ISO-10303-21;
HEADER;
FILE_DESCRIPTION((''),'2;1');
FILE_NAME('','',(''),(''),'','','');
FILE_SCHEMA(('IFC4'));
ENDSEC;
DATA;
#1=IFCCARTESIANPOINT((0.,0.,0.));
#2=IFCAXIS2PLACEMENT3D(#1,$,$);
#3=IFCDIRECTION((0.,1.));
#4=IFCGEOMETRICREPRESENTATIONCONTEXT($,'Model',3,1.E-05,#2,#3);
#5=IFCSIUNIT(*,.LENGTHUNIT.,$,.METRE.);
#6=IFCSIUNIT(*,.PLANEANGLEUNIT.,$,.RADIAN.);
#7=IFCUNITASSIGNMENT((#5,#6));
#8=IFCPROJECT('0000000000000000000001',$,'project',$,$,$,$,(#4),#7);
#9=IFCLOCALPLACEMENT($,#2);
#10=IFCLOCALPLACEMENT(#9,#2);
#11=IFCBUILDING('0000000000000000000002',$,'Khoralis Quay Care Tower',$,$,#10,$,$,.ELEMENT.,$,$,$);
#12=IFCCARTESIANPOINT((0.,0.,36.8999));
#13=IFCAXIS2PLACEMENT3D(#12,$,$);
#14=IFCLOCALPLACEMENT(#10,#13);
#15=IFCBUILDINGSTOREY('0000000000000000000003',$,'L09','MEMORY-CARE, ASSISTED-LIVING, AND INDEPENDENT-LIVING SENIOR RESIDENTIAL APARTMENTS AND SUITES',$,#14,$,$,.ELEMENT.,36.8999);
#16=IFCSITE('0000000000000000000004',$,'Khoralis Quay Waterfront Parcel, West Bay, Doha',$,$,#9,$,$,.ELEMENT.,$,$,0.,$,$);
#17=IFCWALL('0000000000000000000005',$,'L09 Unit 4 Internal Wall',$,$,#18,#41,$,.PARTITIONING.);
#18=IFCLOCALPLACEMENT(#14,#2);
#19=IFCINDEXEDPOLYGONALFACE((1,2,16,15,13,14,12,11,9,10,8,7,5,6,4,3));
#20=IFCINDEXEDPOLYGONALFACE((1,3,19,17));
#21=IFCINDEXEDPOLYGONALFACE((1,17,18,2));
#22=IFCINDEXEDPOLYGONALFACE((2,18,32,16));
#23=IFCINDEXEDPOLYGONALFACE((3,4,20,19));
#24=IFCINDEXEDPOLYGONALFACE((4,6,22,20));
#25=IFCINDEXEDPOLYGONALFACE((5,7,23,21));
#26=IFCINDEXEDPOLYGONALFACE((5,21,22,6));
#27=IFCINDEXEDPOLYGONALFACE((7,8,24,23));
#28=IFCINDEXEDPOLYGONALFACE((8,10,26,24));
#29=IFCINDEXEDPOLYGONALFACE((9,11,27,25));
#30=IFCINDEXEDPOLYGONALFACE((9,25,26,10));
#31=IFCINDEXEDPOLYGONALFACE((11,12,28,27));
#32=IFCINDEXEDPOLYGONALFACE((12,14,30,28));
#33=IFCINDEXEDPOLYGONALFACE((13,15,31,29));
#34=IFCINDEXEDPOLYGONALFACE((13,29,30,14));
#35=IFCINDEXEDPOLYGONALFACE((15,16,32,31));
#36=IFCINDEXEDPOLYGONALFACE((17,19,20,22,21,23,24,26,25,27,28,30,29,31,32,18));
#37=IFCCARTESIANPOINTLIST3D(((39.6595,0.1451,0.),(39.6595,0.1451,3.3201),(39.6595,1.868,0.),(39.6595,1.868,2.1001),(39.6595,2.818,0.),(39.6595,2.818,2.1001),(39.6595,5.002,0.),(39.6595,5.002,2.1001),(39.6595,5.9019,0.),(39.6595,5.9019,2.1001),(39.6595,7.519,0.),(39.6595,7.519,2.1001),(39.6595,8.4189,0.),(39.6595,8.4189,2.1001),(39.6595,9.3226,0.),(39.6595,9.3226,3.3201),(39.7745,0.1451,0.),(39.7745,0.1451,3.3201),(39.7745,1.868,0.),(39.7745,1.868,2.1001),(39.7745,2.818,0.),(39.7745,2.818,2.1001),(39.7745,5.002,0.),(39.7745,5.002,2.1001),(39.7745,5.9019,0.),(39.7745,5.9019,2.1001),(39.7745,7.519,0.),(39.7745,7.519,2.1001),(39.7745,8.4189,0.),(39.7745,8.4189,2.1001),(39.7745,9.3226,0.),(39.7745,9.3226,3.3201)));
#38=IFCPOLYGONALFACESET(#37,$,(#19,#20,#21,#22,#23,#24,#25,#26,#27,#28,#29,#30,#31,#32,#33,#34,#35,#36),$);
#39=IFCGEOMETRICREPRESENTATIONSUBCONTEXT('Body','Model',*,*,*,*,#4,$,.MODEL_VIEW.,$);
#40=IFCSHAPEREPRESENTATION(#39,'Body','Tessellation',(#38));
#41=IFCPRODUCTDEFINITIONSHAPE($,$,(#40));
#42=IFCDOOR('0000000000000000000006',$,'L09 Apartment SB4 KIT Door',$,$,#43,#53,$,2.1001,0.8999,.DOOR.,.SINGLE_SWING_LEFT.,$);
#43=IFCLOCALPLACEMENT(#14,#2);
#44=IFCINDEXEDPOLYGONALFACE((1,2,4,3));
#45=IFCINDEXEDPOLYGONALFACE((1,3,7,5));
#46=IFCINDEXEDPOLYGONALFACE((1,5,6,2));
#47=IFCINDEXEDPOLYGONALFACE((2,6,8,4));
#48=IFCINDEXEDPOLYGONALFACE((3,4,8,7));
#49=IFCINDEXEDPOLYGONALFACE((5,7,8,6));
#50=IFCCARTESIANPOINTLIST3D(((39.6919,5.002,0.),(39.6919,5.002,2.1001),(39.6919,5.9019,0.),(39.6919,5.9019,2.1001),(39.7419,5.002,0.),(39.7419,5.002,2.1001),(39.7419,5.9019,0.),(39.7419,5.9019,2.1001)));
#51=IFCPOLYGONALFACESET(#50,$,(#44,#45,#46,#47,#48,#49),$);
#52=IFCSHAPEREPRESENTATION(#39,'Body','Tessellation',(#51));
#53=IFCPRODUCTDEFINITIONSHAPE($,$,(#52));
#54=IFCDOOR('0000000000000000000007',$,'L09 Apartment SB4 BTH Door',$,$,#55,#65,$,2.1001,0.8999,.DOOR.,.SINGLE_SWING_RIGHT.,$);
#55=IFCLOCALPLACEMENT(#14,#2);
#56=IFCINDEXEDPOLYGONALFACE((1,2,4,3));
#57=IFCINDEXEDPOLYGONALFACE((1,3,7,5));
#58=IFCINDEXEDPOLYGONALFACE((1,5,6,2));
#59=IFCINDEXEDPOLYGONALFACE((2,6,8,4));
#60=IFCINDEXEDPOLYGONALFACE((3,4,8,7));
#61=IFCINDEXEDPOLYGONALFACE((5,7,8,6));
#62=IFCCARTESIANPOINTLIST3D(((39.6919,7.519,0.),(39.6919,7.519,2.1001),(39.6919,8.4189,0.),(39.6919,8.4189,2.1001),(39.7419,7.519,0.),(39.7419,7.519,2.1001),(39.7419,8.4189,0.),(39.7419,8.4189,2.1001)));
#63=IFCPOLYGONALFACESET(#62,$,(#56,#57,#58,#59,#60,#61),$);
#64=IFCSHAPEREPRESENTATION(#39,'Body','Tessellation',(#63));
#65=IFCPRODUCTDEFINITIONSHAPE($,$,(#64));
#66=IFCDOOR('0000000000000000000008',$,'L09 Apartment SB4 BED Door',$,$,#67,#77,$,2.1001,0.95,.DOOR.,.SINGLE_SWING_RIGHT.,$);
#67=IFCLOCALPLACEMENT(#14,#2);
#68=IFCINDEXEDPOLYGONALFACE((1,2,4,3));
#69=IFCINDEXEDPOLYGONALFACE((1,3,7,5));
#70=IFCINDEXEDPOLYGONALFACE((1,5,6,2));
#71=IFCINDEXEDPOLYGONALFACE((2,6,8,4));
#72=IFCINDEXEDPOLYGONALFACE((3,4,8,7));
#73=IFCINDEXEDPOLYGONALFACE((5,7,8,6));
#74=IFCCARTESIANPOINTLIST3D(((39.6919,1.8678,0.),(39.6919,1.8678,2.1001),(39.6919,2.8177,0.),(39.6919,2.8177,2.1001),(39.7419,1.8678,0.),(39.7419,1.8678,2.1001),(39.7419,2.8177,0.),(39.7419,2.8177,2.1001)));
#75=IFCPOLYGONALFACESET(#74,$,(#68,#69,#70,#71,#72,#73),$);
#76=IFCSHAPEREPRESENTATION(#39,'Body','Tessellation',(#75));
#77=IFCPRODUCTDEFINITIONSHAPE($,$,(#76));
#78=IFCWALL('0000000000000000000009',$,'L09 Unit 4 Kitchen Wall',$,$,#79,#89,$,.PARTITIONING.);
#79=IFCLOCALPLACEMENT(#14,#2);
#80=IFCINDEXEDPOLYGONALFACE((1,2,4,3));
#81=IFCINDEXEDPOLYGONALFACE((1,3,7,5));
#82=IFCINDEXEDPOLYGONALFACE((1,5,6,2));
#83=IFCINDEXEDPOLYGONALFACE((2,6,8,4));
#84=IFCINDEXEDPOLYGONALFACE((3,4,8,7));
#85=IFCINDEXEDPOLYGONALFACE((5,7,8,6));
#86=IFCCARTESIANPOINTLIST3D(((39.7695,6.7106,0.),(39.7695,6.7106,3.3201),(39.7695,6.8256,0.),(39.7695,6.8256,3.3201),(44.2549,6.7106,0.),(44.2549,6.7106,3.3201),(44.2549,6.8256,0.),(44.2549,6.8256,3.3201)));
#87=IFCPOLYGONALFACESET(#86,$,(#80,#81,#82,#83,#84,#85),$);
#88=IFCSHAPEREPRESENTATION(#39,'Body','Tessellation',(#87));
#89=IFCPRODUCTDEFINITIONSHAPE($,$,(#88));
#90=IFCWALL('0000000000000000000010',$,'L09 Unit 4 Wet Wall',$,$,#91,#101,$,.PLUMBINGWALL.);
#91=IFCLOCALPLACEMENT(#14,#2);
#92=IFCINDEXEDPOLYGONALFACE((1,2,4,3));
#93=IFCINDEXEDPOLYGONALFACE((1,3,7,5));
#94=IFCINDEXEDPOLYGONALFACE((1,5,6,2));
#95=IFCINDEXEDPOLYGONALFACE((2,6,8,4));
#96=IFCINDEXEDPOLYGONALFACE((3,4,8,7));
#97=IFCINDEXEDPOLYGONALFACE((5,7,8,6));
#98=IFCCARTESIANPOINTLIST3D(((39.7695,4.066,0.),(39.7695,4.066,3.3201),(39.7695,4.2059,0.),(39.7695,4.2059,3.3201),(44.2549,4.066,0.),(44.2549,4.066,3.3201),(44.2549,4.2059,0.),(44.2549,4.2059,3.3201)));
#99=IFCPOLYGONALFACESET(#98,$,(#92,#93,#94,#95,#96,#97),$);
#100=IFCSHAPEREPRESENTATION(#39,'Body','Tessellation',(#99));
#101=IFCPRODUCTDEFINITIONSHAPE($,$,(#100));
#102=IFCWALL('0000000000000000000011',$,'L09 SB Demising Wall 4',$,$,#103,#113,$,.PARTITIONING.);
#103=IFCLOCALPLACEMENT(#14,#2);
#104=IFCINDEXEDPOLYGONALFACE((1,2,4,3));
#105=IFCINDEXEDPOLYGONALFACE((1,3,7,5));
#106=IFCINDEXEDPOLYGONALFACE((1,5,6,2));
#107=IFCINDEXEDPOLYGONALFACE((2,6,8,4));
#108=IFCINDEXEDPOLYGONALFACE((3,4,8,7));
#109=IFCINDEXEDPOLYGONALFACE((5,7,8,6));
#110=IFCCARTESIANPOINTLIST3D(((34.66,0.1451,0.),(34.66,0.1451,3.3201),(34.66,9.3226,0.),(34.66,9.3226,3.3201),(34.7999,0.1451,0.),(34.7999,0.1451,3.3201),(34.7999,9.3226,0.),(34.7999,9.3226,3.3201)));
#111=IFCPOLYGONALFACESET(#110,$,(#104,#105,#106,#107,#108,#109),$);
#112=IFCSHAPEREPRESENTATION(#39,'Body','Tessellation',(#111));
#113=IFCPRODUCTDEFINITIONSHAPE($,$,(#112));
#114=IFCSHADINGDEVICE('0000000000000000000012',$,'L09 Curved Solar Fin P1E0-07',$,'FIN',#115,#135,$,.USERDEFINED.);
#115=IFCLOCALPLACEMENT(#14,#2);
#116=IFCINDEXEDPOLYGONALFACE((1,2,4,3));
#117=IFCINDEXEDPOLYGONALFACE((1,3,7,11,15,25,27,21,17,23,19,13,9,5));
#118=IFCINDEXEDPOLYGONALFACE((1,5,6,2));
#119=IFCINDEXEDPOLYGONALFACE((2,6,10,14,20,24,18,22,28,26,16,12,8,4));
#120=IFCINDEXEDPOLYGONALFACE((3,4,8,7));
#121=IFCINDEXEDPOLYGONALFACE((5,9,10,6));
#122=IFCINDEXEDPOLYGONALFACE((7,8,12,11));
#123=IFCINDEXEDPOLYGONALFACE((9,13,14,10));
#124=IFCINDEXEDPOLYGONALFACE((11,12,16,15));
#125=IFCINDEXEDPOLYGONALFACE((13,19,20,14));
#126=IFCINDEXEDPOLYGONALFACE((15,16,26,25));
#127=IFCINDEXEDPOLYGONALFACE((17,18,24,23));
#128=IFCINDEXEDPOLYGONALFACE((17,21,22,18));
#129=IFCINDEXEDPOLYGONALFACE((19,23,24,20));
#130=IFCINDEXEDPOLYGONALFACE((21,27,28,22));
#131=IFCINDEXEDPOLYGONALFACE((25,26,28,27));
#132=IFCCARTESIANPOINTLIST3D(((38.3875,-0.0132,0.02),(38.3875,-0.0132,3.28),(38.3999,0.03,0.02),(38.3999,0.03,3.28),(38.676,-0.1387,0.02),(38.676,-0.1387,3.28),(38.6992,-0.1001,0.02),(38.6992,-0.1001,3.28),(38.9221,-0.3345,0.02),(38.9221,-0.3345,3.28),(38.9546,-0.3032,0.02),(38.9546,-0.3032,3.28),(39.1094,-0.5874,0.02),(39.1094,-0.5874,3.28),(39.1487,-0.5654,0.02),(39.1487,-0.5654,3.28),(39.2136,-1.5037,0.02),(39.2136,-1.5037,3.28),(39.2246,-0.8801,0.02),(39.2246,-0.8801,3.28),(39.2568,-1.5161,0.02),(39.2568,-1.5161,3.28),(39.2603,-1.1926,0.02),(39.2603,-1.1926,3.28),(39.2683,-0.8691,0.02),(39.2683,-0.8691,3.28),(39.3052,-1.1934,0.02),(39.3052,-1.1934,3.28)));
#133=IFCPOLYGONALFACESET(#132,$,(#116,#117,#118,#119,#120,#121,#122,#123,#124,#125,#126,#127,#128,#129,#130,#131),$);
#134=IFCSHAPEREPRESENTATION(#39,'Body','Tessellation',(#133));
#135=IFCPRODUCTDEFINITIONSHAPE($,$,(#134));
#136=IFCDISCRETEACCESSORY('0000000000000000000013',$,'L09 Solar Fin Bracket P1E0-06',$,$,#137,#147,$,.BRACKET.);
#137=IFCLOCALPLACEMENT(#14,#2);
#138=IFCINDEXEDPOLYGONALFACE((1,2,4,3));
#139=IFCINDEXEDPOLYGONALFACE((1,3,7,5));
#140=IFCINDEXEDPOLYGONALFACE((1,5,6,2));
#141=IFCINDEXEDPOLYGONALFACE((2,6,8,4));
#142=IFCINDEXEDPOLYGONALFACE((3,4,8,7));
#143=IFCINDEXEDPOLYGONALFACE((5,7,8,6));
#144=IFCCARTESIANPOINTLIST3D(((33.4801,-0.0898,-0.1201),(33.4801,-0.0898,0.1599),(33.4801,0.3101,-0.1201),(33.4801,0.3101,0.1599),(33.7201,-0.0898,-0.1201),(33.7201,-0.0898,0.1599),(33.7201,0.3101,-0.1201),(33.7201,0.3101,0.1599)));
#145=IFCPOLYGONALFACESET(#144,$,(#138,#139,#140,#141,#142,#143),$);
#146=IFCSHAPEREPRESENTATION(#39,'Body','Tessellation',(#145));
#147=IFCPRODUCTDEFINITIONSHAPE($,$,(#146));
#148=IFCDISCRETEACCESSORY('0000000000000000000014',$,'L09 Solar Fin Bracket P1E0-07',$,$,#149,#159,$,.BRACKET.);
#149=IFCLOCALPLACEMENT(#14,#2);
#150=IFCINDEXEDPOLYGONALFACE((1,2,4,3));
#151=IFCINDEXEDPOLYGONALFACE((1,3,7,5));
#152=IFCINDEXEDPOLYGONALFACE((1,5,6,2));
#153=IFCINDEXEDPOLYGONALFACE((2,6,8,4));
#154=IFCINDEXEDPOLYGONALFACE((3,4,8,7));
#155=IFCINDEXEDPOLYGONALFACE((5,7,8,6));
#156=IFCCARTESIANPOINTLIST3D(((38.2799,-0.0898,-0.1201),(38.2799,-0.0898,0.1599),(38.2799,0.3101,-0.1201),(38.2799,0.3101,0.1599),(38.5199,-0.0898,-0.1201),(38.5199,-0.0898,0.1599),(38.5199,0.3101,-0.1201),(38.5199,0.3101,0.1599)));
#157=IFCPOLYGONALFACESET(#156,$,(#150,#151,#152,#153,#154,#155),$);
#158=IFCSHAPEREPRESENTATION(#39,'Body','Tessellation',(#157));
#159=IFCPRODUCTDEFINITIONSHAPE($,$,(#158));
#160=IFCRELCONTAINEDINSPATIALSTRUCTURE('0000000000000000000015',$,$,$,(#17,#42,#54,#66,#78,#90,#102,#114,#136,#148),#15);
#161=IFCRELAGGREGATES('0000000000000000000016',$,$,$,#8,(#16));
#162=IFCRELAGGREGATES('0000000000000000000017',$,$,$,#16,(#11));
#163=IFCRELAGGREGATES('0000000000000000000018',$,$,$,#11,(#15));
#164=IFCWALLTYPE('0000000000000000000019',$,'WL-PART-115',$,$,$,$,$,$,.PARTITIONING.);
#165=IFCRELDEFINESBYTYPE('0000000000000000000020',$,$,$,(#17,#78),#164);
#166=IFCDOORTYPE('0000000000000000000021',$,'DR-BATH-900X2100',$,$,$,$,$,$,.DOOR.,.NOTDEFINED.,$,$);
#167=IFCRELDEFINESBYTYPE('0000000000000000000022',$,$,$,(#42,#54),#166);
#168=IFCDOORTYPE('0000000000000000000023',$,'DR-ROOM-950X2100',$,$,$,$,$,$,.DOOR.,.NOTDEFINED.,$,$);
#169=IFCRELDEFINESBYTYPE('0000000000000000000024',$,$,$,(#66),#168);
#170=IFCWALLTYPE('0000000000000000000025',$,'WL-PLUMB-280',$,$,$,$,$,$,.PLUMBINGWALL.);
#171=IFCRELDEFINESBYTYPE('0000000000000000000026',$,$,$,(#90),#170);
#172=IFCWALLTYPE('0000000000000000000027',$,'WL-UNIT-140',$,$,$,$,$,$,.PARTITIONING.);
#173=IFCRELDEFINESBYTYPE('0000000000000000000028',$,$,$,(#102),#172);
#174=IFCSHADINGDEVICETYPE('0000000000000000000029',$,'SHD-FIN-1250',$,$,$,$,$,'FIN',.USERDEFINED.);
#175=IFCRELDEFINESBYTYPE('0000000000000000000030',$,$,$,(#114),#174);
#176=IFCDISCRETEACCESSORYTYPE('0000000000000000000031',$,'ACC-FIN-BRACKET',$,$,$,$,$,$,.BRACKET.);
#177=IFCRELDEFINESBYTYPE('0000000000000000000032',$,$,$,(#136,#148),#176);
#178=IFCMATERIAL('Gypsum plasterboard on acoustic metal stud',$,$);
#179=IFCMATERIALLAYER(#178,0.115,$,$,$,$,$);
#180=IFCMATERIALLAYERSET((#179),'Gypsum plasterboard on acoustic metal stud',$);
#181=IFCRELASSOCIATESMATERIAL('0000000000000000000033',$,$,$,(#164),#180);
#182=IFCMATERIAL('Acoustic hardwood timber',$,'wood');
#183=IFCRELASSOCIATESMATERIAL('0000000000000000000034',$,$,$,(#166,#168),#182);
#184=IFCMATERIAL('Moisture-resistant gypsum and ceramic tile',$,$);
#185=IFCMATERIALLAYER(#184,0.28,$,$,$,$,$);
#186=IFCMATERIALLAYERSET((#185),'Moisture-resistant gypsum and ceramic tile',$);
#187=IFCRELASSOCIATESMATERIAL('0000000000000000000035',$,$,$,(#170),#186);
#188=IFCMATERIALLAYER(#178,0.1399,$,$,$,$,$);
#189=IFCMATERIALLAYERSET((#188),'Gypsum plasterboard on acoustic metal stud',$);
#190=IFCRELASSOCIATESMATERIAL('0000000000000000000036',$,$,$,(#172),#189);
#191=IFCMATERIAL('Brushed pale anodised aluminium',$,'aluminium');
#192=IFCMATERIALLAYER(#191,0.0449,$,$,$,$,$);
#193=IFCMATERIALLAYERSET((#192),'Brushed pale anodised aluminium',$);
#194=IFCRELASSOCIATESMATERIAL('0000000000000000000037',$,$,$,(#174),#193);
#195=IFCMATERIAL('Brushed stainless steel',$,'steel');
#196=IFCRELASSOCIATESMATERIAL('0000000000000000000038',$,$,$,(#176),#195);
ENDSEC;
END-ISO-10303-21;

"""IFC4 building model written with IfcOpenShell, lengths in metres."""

from ifc_helpers import new_model, si_unit, direction, frame, frame_2d, origin, origin_2d, place, context, subcontext, project, spatial, polyline, rectangle, outline, extrude, source, transform, mapped, material, layer, layer_set, type_object, element, fill, save


model = new_model("IFC4")

# Units and contexts
model_context = context("Model", 3, precision=1e-05, world=origin(), true_north=direction((0.0, 1.0)))
body_context = subcontext(model_context, "Body", "Model", "MODEL_VIEW")
ifc_project = project(units=[si_unit("LENGTHUNIT", "METRE"), si_unit("PLANEANGLEUNIT", "RADIAN")], contexts=[model_context])

# Site, building, storey
site_placement = place(None, origin())
site = spatial("IfcSite", under=ifc_project, at=site_placement, Name="Khoralis Quay Waterfront Parcel, West Bay, Doha", CompositionType="ELEMENT", RefElevation=0.0)
building_placement = place(site_placement, origin())
building = spatial("IfcBuilding", under=site, at=building_placement, Name="Khoralis Quay Care Tower", CompositionType="ELEMENT")
storey_placement = place(building_placement, frame((0.0, 0.0, 36.8999)))
storey = spatial("IfcBuildingStorey", under=building, at=storey_placement, Name="L09", Description="MEMORY-CARE, ASSISTED-LIVING, AND INDEPENDENT-LIVING SENIOR RESIDENTIAL APARTMENTS AND SUITES", CompositionType="ELEMENT", Elevation=36.8999)

# Shared definitions
ifc_material_1 = material(Name="Gypsum plasterboard on acoustic metal stud")

# Wall, openings, doors
ifc_layer_1 = layer(ifc_material_1, 0.115)
ifc_layer_set_1 = layer_set([ifc_layer_1], Name="Gypsum plasterboard on acoustic metal stud")
wall_type_1 = type_object("IfcWallType", Name="WL-PART-115", PredefinedType="PARTITIONING", material=ifc_layer_set_1)
wall_1_placement = place(storey_placement, frame((39.717, 0.145, 0.0), z_axis=(0.0, 0.0, 1.0), x_axis=(0.0, 1.0, 0.0)))
wall_1 = element("IfcWall", 1, at=wall_1_placement, inside=storey, type_object=wall_type_1, Name="L09 Unit 4 Internal Wall", PredefinedType="PARTITIONING", context=body_context, shape_type="SweptSolid", body=[
    extrude(rectangle(XDim=9.1775, YDim=0.115, at=frame_2d((4.5889, 0.0))), origin(), (0.0, 0.0, 1.0), 3.3201),
])
opening_1_placement = place(wall_1_placement, frame((1.7229, 0.0, 0.0)))
opening_1 = element("IfcOpeningElement", 2, at=opening_1_placement, cuts=wall_1, PredefinedType="OPENING", context=body_context, shape_type="SweptSolid", body=[
    extrude(rectangle(XDim=0.95, YDim=2.1001, at=frame_2d((0.4751, 1.05))), frame((0.0, 0.0674, 0.0), z_axis=(0.0, -1.0, 0.0), x_axis=(1.0, 0.0, 0.0)), (0.0, 0.0, 1.0), 0.135),
])
opening_2_placement = place(wall_1_placement, frame((4.8569, 0.0, 0.0)))
opening_2 = element("IfcOpeningElement", 3, at=opening_2_placement, cuts=wall_1, PredefinedType="OPENING", context=body_context, shape_type="SweptSolid", body=[
    extrude(rectangle(XDim=0.8999, YDim=2.1001, at=frame_2d((0.45, 1.05))), frame((0.0, 0.0674, 0.0), z_axis=(0.0, -1.0, 0.0), x_axis=(1.0, 0.0, 0.0)), (0.0, 0.0, 1.0), 0.135),
])
opening_3_placement = place(wall_1_placement, frame((7.374, 0.0, 0.0)))
opening_3 = element("IfcOpeningElement", 4, at=opening_3_placement, cuts=wall_1, PredefinedType="OPENING", context=body_context, shape_type="SweptSolid", body=[
    extrude(rectangle(XDim=0.8999, YDim=2.1001, at=frame_2d((0.45, 1.05))), frame((0.0, 0.0674, 0.0), z_axis=(0.0, -1.0, 0.0), x_axis=(1.0, 0.0, 0.0)), (0.0, 0.0, 1.0), 0.135),
])
ifc_material_2 = material(Name="Acoustic hardwood timber", Category="wood")
door_type_1 = type_object("IfcDoorType", Name="DR-BATH-900X2100", OperationType="NOTDEFINED", PredefinedType="DOOR", material=ifc_material_2)
shared_shape_1 = source(origin(), body_context, "Body", "SweptSolid", [
    extrude(rectangle(XDim=0.8999, YDim=2.1001, at=frame_2d((0.45, 1.05))), frame((0.0, 0.0249, 0.0), z_axis=(0.0, -1.0, 0.0), x_axis=(1.0, 0.0, 0.0)), (0.0, 0.0, 1.0), 0.05),
])
door_1_placement = place(opening_2_placement, frame((0.8999, 0.0, 0.0), z_axis=(0.0, 0.0, 1.0), x_axis=(-1.0, 0.0, 0.0)))
door_1 = element("IfcDoor", 5, at=door_1_placement, inside=storey, type_object=door_type_1, Name="L09 Apartment SB4 KIT Door", OperationType="SINGLE_SWING_LEFT", OverallHeight=2.1001, OverallWidth=0.8999, PredefinedType="DOOR", context=body_context, shape_type="MappedRepresentation", body=[
    mapped(shared_shape_1, transform((0.0, 0.0, 0.0), scale=1.0)),
])
fill(opening_2, door_1)
door_2_placement = place(opening_3_placement, frame((0.8999, 0.0, 0.0), z_axis=(0.0, 0.0, 1.0), x_axis=(-1.0, 0.0, 0.0)))
door_2 = element("IfcDoor", 6, at=door_2_placement, inside=storey, type_object=door_type_1, Name="L09 Apartment SB4 BTH Door", OperationType="SINGLE_SWING_RIGHT", OverallHeight=2.1001, OverallWidth=0.8999, PredefinedType="DOOR", context=body_context, shape_type="MappedRepresentation", body=[
    mapped(shared_shape_1, transform((0.0, 0.0, 0.0), scale=1.0)),
])
fill(opening_3, door_2)
door_type_2 = type_object("IfcDoorType", Name="DR-ROOM-950X2100", OperationType="NOTDEFINED", PredefinedType="DOOR", material=ifc_material_2)
shared_shape_2 = source(origin(), body_context, "Body", "SweptSolid", [
    extrude(rectangle(XDim=0.95, YDim=2.1001, at=frame_2d((0.4751, 1.05))), frame((0.0, 0.0249, 0.0), z_axis=(0.0, -1.0, 0.0), x_axis=(1.0, 0.0, 0.0)), (0.0, 0.0, 1.0), 0.05),
])
door_3_placement = place(opening_1_placement, frame((0.95, 0.0, 0.0), z_axis=(0.0, 0.0, 1.0), x_axis=(-1.0, 0.0, 0.0)))
door_3 = element("IfcDoor", 7, at=door_3_placement, inside=storey, type_object=door_type_2, Name="L09 Apartment SB4 BED Door", OperationType="SINGLE_SWING_RIGHT", OverallHeight=2.1001, OverallWidth=0.95, PredefinedType="DOOR", context=body_context, shape_type="MappedRepresentation", body=[
    mapped(shared_shape_2, transform((0.0, 0.0, 0.0), scale=1.0)),
])
fill(opening_1, door_3)

# Walls
wall_2_placement = place(storey_placement, frame((39.7695, 6.7681, 0.0), z_axis=(0.0, 0.0, 1.0), x_axis=(1.0, 0.0, 0.0)))
element("IfcWall", 8, at=wall_2_placement, inside=storey, type_object=wall_type_1, Name="L09 Unit 4 Kitchen Wall", PredefinedType="PARTITIONING", context=body_context, shape_type="SweptSolid", body=[
    extrude(rectangle(XDim=4.4854, YDim=0.115, at=frame_2d((2.2427, 0.0))), origin(), (0.0, 0.0, 1.0), 3.3201),
])
ifc_material_3 = material(Name="Moisture-resistant gypsum and ceramic tile")
ifc_layer_2 = layer(ifc_material_3, 0.28)
ifc_layer_set_2 = layer_set([ifc_layer_2], Name="Moisture-resistant gypsum and ceramic tile")
wall_type_2 = type_object("IfcWallType", Name="WL-PLUMB-280", PredefinedType="PLUMBINGWALL", material=ifc_layer_set_2)
wall_3_placement = place(storey_placement, frame((39.7695, 4.136, 0.0), z_axis=(0.0, 0.0, 1.0), x_axis=(1.0, 0.0, 0.0)))
element("IfcWall", 9, at=wall_3_placement, inside=storey, type_object=wall_type_2, Name="L09 Unit 4 Wet Wall", PredefinedType="PLUMBINGWALL", context=body_context, shape_type="SweptSolid", body=[
    extrude(rectangle(XDim=4.4854, YDim=0.1399, at=frame_2d((2.2427, 0.0))), origin(), (0.0, 0.0, 1.0), 3.3201),
])
ifc_layer_3 = layer(ifc_material_1, 0.1399)
ifc_layer_set_3 = layer_set([ifc_layer_3], Name="Gypsum plasterboard on acoustic metal stud")
wall_type_3 = type_object("IfcWallType", Name="WL-UNIT-140", PredefinedType="PARTITIONING", material=ifc_layer_set_3)
wall_4_placement = place(storey_placement, frame((34.73, 0.145, 0.0), z_axis=(0.0, 0.0, 1.0), x_axis=(0.0, 1.0, 0.0)))
element("IfcWall", 10, at=wall_4_placement, inside=storey, type_object=wall_type_3, Name="L09 SB Demising Wall 4", PredefinedType="PARTITIONING", context=body_context, shape_type="SweptSolid", body=[
    extrude(rectangle(XDim=9.1775, YDim=0.1399, at=frame_2d((4.5889, 0.0))), origin(), (0.0, 0.0, 1.0), 3.3201),
])

# Shading device
ifc_material_4 = material(Name="Brushed pale anodised aluminium", Category="aluminium")
ifc_layer_4 = layer(ifc_material_4, 0.0449)
ifc_layer_set_4 = layer_set([ifc_layer_4], Name="Brushed pale anodised aluminium")
shading_device_type = type_object("IfcShadingDeviceType", Name="SHD-FIN-1250", ElementType="FIN", PredefinedType="USERDEFINED", material=ifc_layer_set_4)
shared_shape_3 = source(origin(), body_context, "Body", "SweptSolid", [
    extrude(outline(polyline([(0.0, 0.0), (0.1301, 0.2993), (0.3333, 0.5547), (0.5955, 0.7488), (0.8992, 0.8684), (1.2234, 0.9053), (1.5461, 0.8569), (1.5337, 0.8137), (1.2227, 0.8604), (0.9102, 0.8247), (0.6174, 0.7095), (0.3645, 0.5222), (0.1687, 0.2761), (0.0432, -0.0125), (0.0, 0.0)])), origin(), (0.0, 0.0, 1.0), 3.26),
])
shading_device_placement = place(storey_placement, frame((38.3999, 0.03, 0.02), z_axis=(0.0, 0.0, 1.0), x_axis=(0.0, -1.0, 0.0)))
element("IfcShadingDevice", 11, at=shading_device_placement, inside=storey, type_object=shading_device_type, Name="L09 Curved Solar Fin P1E0-07", ObjectType="FIN", PredefinedType="USERDEFINED", context=body_context, shape_type="MappedRepresentation", body=[
    mapped(shared_shape_3, transform((0.0, 0.0, 0.0), scale=1.0)),
])

# Discrete accessories
ifc_material_5 = material(Name="Brushed stainless steel", Category="steel")
discrete_accessory_type = type_object("IfcDiscreteAccessoryType", Name="ACC-FIN-BRACKET", PredefinedType="BRACKET", material=ifc_material_5)
shared_shape_4 = source(origin(), body_context, "Body", "SweptSolid", [
    extrude(rectangle(XDim=0.3999, YDim=0.24, at=origin_2d()), origin(), (0.0, 0.0, 1.0), 0.28),
])
for number, where, z_axis, x_axis, name in (
    (12, (33.6001, 0.1101, -0.1201), (0.0, 0.0, 1.0), (0.0, -1.0, 0.0), "L09 Solar Fin Bracket P1E0-06"),
    (13, (38.3999, 0.1101, -0.1201), (0.0, 0.0, 1.0), (0.0, -1.0, 0.0), "L09 Solar Fin Bracket P1E0-07"),
):
    element("IfcDiscreteAccessory", number, at=place(storey_placement, frame(where, z_axis=z_axis, x_axis=x_axis)), inside=storey, type_object=discrete_accessory_type, Name=name, PredefinedType="BRACKET", context=body_context, shape_type="MappedRepresentation", body=[
        mapped(shared_shape_4, transform((0.0, 0.0, 0.0), scale=1.0)),
    ])

save(model, "model.ifc")
